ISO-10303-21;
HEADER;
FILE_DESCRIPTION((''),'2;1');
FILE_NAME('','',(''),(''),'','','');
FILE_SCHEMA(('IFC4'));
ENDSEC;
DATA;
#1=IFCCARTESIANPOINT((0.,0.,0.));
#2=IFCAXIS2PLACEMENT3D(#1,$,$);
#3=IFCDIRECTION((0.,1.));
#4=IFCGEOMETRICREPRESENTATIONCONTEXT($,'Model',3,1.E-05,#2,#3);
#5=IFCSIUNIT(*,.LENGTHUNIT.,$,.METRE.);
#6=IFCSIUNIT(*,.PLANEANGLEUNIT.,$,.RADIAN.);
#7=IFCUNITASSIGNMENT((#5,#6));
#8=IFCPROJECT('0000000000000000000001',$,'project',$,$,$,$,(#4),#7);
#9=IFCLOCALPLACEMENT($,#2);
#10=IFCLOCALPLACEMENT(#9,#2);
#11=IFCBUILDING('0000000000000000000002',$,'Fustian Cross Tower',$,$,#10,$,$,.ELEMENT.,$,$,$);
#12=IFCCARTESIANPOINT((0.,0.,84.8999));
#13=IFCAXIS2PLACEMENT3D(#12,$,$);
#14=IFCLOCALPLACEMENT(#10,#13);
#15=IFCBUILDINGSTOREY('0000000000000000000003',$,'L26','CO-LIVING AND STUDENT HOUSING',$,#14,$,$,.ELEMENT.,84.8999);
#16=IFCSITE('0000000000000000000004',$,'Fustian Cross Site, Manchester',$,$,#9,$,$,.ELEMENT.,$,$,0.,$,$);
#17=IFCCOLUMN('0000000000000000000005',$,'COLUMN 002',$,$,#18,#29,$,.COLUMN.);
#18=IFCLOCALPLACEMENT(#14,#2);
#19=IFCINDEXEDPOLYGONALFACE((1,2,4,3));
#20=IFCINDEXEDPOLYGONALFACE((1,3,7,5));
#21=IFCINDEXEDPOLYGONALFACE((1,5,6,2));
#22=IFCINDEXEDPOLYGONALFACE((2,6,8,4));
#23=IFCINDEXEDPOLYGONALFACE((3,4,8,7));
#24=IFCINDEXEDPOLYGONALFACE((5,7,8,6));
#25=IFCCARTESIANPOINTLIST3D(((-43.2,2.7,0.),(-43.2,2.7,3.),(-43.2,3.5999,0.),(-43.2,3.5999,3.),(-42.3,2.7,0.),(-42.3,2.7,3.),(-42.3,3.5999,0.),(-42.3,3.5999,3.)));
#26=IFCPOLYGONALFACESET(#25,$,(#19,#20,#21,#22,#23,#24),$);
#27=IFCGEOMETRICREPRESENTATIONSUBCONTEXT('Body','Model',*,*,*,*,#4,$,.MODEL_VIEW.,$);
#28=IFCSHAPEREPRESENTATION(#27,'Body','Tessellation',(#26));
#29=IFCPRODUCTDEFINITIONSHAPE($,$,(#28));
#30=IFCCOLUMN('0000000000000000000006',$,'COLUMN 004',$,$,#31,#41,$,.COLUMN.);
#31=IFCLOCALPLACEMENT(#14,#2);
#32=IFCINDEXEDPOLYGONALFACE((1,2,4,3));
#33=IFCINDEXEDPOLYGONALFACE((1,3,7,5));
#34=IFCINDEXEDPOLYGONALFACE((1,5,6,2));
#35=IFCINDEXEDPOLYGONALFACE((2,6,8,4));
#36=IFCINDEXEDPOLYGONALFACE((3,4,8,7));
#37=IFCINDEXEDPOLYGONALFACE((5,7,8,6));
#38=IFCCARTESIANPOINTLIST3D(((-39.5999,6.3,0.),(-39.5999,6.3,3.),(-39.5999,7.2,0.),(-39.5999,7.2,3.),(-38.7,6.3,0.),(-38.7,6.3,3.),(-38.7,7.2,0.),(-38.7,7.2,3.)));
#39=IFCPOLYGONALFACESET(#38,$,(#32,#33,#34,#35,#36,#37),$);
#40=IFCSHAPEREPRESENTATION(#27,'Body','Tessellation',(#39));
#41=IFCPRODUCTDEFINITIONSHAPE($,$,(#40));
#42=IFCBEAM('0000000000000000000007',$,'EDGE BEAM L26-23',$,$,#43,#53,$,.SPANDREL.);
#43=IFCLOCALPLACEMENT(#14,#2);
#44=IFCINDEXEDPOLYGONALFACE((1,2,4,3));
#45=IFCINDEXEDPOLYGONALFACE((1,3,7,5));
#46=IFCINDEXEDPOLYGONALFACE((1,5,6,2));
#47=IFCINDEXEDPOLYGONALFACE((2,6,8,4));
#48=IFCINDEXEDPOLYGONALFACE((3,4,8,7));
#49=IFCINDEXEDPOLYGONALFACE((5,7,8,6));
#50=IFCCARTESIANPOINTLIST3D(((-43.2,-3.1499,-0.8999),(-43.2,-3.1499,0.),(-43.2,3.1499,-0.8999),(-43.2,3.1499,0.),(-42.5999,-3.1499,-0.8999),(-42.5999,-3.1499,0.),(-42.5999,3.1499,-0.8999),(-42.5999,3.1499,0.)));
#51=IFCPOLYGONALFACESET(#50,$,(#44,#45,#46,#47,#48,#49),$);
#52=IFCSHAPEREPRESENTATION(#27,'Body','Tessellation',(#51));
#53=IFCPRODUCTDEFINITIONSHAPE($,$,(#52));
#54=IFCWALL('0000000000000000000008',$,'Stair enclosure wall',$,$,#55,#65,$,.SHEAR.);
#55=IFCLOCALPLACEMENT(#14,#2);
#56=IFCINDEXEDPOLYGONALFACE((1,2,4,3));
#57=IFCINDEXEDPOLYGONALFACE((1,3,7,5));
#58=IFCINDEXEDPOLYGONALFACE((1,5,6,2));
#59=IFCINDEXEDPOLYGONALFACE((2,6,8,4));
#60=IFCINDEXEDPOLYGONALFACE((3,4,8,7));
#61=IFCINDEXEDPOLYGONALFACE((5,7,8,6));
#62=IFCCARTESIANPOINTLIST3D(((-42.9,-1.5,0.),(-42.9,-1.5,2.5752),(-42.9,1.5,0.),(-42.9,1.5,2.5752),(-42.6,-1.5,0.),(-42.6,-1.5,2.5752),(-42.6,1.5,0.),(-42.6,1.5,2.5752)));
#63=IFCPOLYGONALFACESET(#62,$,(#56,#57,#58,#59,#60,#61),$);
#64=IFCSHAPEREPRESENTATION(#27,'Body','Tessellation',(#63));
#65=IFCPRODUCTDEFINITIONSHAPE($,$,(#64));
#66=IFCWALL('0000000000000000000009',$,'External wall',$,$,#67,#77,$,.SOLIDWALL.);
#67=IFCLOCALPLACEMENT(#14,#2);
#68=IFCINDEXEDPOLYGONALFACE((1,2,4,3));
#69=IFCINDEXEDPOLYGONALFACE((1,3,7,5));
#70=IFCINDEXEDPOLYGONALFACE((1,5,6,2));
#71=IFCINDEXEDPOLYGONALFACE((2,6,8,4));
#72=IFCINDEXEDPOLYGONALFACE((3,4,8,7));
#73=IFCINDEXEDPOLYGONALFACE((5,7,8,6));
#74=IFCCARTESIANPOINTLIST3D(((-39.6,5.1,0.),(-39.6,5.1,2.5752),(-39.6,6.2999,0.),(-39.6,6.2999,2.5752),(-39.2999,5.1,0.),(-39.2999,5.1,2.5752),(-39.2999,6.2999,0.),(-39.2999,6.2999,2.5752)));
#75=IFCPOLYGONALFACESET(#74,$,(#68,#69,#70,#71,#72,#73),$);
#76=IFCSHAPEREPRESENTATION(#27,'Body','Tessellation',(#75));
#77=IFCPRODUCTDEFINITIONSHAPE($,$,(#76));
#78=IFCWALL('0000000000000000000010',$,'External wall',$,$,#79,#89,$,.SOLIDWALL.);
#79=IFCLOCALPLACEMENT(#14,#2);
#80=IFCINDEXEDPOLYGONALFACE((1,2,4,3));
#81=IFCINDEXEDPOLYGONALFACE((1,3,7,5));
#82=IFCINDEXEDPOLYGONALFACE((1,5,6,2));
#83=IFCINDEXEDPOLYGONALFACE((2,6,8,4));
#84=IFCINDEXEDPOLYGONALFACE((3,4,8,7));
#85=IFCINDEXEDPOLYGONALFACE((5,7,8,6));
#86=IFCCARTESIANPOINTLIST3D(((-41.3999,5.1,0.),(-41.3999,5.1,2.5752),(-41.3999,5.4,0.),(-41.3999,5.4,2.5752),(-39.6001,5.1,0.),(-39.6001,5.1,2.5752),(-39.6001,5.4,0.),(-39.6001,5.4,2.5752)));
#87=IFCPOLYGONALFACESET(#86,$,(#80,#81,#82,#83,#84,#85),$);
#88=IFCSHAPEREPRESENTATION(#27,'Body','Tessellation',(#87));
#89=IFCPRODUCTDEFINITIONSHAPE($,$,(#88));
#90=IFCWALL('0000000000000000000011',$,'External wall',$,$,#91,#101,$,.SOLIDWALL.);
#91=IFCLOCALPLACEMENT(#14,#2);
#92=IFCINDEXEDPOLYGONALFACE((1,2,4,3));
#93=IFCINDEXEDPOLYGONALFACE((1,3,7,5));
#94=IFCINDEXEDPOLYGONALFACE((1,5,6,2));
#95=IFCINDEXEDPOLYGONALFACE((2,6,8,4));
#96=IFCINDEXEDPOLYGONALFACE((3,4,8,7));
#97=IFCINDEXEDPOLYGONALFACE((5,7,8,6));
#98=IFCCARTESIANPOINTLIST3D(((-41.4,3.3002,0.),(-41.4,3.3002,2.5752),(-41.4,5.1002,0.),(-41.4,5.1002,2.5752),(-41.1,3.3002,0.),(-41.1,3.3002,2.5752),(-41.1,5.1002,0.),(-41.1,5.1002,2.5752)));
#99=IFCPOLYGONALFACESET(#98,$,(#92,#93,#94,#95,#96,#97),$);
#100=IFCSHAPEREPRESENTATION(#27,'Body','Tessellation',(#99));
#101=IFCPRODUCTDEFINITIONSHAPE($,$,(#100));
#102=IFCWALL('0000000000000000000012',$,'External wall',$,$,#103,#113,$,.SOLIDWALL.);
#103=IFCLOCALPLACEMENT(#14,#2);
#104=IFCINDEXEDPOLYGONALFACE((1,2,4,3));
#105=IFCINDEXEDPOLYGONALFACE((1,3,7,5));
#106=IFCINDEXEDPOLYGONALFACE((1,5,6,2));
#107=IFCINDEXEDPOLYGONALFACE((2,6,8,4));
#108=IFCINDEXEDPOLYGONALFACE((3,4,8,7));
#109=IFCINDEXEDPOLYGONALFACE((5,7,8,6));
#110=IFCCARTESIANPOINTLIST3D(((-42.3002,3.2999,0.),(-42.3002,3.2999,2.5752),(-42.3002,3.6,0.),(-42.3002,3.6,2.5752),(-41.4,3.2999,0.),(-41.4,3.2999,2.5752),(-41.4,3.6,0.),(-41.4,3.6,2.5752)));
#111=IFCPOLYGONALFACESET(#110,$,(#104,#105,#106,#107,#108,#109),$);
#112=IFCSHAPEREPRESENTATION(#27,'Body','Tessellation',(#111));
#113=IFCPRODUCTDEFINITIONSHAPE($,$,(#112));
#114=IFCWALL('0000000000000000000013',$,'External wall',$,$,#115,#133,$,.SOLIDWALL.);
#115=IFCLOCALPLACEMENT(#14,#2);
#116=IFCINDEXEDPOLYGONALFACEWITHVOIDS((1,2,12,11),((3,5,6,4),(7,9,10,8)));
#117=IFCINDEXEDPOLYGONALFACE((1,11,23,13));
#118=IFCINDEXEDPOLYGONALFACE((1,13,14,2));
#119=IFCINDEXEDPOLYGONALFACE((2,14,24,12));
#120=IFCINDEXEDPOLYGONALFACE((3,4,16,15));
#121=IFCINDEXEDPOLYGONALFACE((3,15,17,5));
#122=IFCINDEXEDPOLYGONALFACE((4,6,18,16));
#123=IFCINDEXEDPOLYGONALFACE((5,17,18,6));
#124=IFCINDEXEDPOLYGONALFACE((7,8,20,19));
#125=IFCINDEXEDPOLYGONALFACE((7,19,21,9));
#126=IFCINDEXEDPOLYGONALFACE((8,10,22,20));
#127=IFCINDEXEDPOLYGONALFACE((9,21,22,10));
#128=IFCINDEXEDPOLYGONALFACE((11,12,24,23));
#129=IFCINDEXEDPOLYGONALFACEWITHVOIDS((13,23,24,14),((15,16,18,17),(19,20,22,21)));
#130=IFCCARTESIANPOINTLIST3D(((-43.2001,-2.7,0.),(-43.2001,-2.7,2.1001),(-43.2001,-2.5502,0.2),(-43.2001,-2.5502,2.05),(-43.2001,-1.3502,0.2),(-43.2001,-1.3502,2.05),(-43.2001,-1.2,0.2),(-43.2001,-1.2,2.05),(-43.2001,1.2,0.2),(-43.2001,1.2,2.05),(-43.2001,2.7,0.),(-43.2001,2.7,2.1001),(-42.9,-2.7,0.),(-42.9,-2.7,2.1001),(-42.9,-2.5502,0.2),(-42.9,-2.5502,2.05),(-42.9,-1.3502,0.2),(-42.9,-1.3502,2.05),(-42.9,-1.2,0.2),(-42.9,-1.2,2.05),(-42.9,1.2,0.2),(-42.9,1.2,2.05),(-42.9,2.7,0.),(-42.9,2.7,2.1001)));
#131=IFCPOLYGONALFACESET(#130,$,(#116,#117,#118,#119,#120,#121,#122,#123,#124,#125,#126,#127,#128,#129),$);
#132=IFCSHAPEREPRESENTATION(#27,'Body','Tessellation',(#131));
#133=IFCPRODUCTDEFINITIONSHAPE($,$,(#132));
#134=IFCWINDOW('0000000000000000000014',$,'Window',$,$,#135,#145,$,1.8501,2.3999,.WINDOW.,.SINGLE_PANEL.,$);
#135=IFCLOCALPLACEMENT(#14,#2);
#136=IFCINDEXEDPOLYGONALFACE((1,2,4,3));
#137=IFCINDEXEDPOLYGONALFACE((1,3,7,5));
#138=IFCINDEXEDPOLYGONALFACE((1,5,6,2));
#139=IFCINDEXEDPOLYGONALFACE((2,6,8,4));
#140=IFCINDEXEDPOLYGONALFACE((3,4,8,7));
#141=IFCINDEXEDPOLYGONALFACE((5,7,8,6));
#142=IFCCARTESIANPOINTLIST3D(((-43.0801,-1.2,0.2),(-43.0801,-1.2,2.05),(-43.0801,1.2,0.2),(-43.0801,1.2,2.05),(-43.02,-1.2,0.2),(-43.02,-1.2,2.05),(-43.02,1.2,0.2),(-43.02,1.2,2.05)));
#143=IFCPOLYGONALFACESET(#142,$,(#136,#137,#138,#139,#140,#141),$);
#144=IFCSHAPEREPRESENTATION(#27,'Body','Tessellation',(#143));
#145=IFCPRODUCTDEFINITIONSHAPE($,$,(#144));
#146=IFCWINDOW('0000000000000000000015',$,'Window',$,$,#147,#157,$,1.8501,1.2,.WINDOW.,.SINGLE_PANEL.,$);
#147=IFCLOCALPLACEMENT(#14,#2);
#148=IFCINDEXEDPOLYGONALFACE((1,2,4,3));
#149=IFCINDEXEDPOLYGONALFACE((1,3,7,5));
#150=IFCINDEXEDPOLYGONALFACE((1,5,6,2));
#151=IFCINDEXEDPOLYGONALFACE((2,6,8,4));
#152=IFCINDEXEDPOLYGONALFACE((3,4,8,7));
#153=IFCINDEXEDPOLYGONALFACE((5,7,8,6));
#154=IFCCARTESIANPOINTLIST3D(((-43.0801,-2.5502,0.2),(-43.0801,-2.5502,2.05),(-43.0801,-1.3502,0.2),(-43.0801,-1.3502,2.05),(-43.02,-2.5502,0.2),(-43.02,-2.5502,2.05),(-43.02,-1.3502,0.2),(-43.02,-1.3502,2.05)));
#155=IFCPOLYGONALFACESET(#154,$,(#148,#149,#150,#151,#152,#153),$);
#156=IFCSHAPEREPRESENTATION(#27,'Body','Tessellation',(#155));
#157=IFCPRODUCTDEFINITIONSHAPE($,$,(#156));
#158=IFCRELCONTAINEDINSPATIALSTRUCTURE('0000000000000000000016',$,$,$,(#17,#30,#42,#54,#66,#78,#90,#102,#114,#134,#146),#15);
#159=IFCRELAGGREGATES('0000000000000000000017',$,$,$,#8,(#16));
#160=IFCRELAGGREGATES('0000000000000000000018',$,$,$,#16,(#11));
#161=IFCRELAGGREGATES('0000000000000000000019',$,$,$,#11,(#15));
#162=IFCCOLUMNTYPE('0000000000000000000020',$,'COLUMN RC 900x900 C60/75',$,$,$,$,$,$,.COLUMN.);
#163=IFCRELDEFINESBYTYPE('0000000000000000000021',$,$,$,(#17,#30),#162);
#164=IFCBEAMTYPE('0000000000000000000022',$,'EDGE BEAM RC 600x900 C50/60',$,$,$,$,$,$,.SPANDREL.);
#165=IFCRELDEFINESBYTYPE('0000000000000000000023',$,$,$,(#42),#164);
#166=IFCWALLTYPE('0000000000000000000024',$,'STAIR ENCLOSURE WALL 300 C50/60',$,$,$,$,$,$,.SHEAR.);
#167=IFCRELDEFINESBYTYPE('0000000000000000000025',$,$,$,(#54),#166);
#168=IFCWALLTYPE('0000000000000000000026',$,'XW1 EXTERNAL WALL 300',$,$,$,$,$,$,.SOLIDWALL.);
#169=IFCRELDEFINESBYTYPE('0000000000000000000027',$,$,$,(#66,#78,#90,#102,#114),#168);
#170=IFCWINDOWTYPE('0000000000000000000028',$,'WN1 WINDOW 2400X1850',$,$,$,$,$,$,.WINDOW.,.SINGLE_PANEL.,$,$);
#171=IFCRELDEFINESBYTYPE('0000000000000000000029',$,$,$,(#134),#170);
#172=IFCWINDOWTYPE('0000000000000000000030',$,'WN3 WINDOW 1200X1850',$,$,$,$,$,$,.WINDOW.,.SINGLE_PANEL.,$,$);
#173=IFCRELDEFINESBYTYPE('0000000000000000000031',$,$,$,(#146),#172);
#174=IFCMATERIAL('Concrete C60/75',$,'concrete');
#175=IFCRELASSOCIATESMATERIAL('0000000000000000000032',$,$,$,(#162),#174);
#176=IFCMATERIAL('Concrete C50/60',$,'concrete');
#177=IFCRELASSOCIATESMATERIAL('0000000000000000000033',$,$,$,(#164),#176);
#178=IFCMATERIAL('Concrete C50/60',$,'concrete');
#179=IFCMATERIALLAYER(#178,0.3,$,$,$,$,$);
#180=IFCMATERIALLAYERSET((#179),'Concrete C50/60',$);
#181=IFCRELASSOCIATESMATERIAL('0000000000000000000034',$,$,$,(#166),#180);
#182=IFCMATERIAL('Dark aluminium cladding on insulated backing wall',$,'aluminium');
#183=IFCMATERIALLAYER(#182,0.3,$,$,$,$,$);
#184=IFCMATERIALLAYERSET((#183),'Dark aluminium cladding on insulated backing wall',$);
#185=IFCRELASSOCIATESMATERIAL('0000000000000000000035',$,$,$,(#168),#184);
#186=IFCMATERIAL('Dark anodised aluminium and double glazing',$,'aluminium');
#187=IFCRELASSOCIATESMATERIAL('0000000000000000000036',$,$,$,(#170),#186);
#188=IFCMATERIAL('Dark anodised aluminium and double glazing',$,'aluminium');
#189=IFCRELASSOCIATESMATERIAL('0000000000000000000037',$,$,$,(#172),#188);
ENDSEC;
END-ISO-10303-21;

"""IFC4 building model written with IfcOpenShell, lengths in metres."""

from ifc_helpers import new_model, si_unit, direction, frame, frame_2d, origin, origin_2d, place, context, subcontext, project, spatial, rectangle, extrude, material, layer, layer_set, material_profile, profile_set, type_object, element, fill, save


model = new_model("IFC4")

# Units and contexts
model_context = context("Model", 3, precision=1e-05, world=origin(), true_north=direction((0.0, 1.0)))
body_context = subcontext(model_context, "Body", "Model", "MODEL_VIEW")
ifc_project = project(units=[si_unit("LENGTHUNIT", "METRE"), si_unit("PLANEANGLEUNIT", "RADIAN")], contexts=[model_context])

# Site, building, storey
site_placement = place(None, origin())
site = spatial("IfcSite", under=ifc_project, at=site_placement, Name="Fustian Cross Site, Manchester", CompositionType="ELEMENT", RefElevation=0.0)
building_placement = place(site_placement, origin())
building = spatial("IfcBuilding", under=site, at=building_placement, Name="Fustian Cross Tower", CompositionType="ELEMENT")
storey_placement = place(building_placement, frame((0.0, 0.0, 84.8999)))
storey = spatial("IfcBuildingStorey", under=building, at=storey_placement, Name="L26", Description="CO-LIVING AND STUDENT HOUSING", CompositionType="ELEMENT", Elevation=84.8999)

# Columns
ifc_material_1 = material(Name="Concrete C60/75", Category="concrete")
ifc_material_profile_1 = material_profile(ifc_material_1, rectangle(XDim=0.8999, YDim=0.8999, at=origin_2d()), Name="RC 900x900")
ifc_profile_set_1 = profile_set([ifc_material_profile_1], Name="Concrete C60/75")
column_type = type_object("IfcColumnType", Name="COLUMN RC 900x900 C60/75", PredefinedType="COLUMN", material=ifc_profile_set_1)
for number, where, z_axis, x_axis, name in (
    (1, (-42.75, 3.1499, 0.0), (0.0, 0.0, 1.0), (1.0, 0.0, 0.0), "COLUMN 002"),
    (2, (-39.1499, 6.75, 0.0), (0.0, 0.0, 1.0), (1.0, 0.0, 0.0), "COLUMN 004"),
):
    element("IfcColumn", number, at=place(storey_placement, frame(where, z_axis=z_axis, x_axis=x_axis)), inside=storey, type_object=column_type, Name=name, PredefinedType="COLUMN", context=body_context, shape_type="SweptSolid", body=[
        extrude(rectangle(XDim=0.8999, YDim=0.8999, at=origin_2d()), origin(), (0.0, 0.0, 1.0), 3.0),
    ])

# Beam
ifc_material_2 = material(Name="Concrete C50/60", Category="concrete")
ifc_material_profile_2 = material_profile(ifc_material_2, rectangle(XDim=0.6001, YDim=0.8999, at=origin_2d()), Name="RC 600x900")
ifc_profile_set_2 = profile_set([ifc_material_profile_2], Name="Concrete C50/60")
beam_type = type_object("IfcBeamType", Name="EDGE BEAM RC 600x900 C50/60", PredefinedType="SPANDREL", material=ifc_profile_set_2)
beam_placement = place(storey_placement, frame((-42.8999, 3.1499, -0.45), z_axis=(0.0, -1.0, 0.0), x_axis=(1.0, 0.0, 0.0)))
element("IfcBeam", 3, at=beam_placement, inside=storey, type_object=beam_type, Name="EDGE BEAM L26-23", PredefinedType="SPANDREL", context=body_context, shape_type="SweptSolid", body=[
    extrude(rectangle(XDim=0.6001, YDim=0.8999, at=origin_2d()), origin(), (0.0, 0.0, 1.0), 6.2998),
])

# Walls
ifc_material_3 = material(Name="Concrete C50/60", Category="concrete")
ifc_layer_1 = layer(ifc_material_3, 0.3)
ifc_layer_set_1 = layer_set([ifc_layer_1], Name="Concrete C50/60")
wall_type_1 = type_object("IfcWallType", Name="STAIR ENCLOSURE WALL 300 C50/60", PredefinedType="SHEAR", material=ifc_layer_set_1)
wall_1_placement = place(storey_placement, frame((-42.75, -1.5, 0.0), z_axis=(0.0, 0.0, 1.0), x_axis=(0.0, 1.0, 0.0)))
element("IfcWall", 4, at=wall_1_placement, inside=storey, type_object=wall_type_1, Name="Stair enclosure wall", PredefinedType="SHEAR", context=body_context, shape_type="SweptSolid", body=[
    extrude(rectangle(XDim=3.0, YDim=0.3, at=frame_2d((1.5, 0.0))), origin(), (0.0, 0.0, 1.0), 2.5752),
])
ifc_material_4 = material(Name="Dark aluminium cladding on insulated backing wall", Category="aluminium")
ifc_layer_2 = layer(ifc_material_4, 0.3)
ifc_layer_set_2 = layer_set([ifc_layer_2], Name="Dark aluminium cladding on insulated backing wall")
wall_type_2 = type_object("IfcWallType", Name="XW1 EXTERNAL WALL 300", PredefinedType="SOLIDWALL", material=ifc_layer_set_2)
wall_2_placement = place(storey_placement, frame((-39.45, 6.3, 0.0), z_axis=(0.0, 0.0, 1.0), x_axis=(0.0, -1.0, 0.0)))
element("IfcWall", 5, at=wall_2_placement, inside=storey, type_object=wall_type_2, Name="External wall", PredefinedType="SOLIDWALL", context=body_context, shape_type="SweptSolid", body=[
    extrude(rectangle(XDim=1.2, YDim=0.3, at=frame_2d((0.6001, 0.0))), origin(), (0.0, 0.0, 1.0), 2.5752),
])
wall_3_placement = place(storey_placement, frame((-39.6001, 5.25, 0.0), z_axis=(0.0, 0.0, 1.0), x_axis=(-1.0, 0.0, 0.0)))
element("IfcWall", 6, at=wall_3_placement, inside=storey, type_object=wall_type_2, Name="External wall", PredefinedType="SOLIDWALL", context=body_context, shape_type="SweptSolid", body=[
    extrude(rectangle(XDim=1.7998, YDim=0.3, at=frame_2d((0.8999, 0.0))), origin(), (0.0, 0.0, 1.0), 2.5752),
])
wall_4_placement = place(storey_placement, frame((-41.25, 5.1001, 0.0), z_axis=(0.0, 0.0, 1.0), x_axis=(0.0, -1.0, 0.0)))
element("IfcWall", 7, at=wall_4_placement, inside=storey, type_object=wall_type_2, Name="External wall", PredefinedType="SOLIDWALL", context=body_context, shape_type="SweptSolid", body=[
    extrude(rectangle(XDim=1.8, YDim=0.3, at=frame_2d((0.8999, 0.0))), origin(), (0.0, 0.0, 1.0), 2.5752),
])
wall_5_placement = place(storey_placement, frame((-41.3999, 3.45, 0.0), z_axis=(0.0, 0.0, 1.0), x_axis=(-1.0, 0.0, 0.0)))
element("IfcWall", 8, at=wall_5_placement, inside=storey, type_object=wall_type_2, Name="External wall", PredefinedType="SOLIDWALL", context=body_context, shape_type="SweptSolid", body=[
    extrude(rectangle(XDim=0.9001, YDim=0.3, at=frame_2d((0.4502, 0.0))), origin(), (0.0, 0.0, 1.0), 2.5752),
])

# Wall, openings, windows
wall_6_placement = place(storey_placement, frame((-43.05, 2.7, 0.0), z_axis=(0.0, 0.0, 1.0), x_axis=(0.0, -1.0, 0.0)))
wall_6 = element("IfcWall", 9, at=wall_6_placement, inside=storey, type_object=wall_type_2, Name="External wall", PredefinedType="SOLIDWALL", context=body_context, shape_type="SweptSolid", body=[
    extrude(rectangle(XDim=5.3999, YDim=0.3, at=frame_2d((2.7, 0.0))), origin(), (0.0, 0.0, 1.0), 2.1001),
])
opening_1_placement = place(wall_6_placement, frame((1.5, 0.0, 0.2)))
opening_1 = element("IfcOpeningElement", 10, at=opening_1_placement, cuts=wall_6, PredefinedType="OPENING", context=body_context, shape_type="SweptSolid", body=[
    extrude(rectangle(XDim=2.3999, YDim=1.8501, at=frame_2d((1.2, 0.925))), frame((0.0, 0.1599, 0.0), z_axis=(0.0, -1.0, 0.0), x_axis=(1.0, 0.0, 0.0)), (0.0, 0.0, 1.0), 0.3201),
])
opening_2_placement = place(wall_6_placement, frame((4.05, 0.0, 0.2)))
opening_2 = element("IfcOpeningElement", 11, at=opening_2_placement, cuts=wall_6, PredefinedType="OPENING", context=body_context, shape_type="SweptSolid", body=[
    extrude(rectangle(XDim=1.2, YDim=1.8501, at=frame_2d((0.6001, 0.925))), frame((0.0, 0.1599, 0.0), z_axis=(0.0, -1.0, 0.0), x_axis=(1.0, 0.0, 0.0)), (0.0, 0.0, 1.0), 0.3201),
])
ifc_material_5 = material(Name="Dark anodised aluminium and double glazing", Category="aluminium")
window_type_1 = type_object("IfcWindowType", Name="WN1 WINDOW 2400X1850", PartitioningType="SINGLE_PANEL", PredefinedType="WINDOW", material=ifc_material_5)
window_1_placement = place(opening_1_placement, origin())
window_1 = element("IfcWindow", 12, at=window_1_placement, inside=storey, type_object=window_type_1, Name="Window", OverallHeight=1.8501, OverallWidth=2.3999, PartitioningType="SINGLE_PANEL", PredefinedType="WINDOW", context=body_context, shape_type="SweptSolid", body=[
    extrude(rectangle(XDim=2.3999, YDim=1.8501, at=frame_2d((1.2, 0.925))), frame((0.0, 0.03, 0.0), z_axis=(0.0, -1.0, 0.0), x_axis=(1.0, 0.0, 0.0)), (0.0, 0.0, 1.0), 0.0601),
])
fill(opening_1, window_1)
ifc_material_6 = material(Name="Dark anodised aluminium and double glazing", Category="aluminium")
window_type_2 = type_object("IfcWindowType", Name="WN3 WINDOW 1200X1850", PartitioningType="SINGLE_PANEL", PredefinedType="WINDOW", material=ifc_material_6)
window_2_placement = place(opening_2_placement, origin())
window_2 = element("IfcWindow", 13, at=window_2_placement, inside=storey, type_object=window_type_2, Name="Window", OverallHeight=1.8501, OverallWidth=1.2, PartitioningType="SINGLE_PANEL", PredefinedType="WINDOW", context=body_context, shape_type="SweptSolid", body=[
    extrude(rectangle(XDim=1.2, YDim=1.8501, at=frame_2d((0.6001, 0.925))), frame((0.0, 0.03, 0.0), z_axis=(0.0, -1.0, 0.0), x_axis=(1.0, 0.0, 0.0)), (0.0, 0.0, 1.0), 0.0601),
])
fill(opening_2, window_2)

save(model, "model.ifc")
